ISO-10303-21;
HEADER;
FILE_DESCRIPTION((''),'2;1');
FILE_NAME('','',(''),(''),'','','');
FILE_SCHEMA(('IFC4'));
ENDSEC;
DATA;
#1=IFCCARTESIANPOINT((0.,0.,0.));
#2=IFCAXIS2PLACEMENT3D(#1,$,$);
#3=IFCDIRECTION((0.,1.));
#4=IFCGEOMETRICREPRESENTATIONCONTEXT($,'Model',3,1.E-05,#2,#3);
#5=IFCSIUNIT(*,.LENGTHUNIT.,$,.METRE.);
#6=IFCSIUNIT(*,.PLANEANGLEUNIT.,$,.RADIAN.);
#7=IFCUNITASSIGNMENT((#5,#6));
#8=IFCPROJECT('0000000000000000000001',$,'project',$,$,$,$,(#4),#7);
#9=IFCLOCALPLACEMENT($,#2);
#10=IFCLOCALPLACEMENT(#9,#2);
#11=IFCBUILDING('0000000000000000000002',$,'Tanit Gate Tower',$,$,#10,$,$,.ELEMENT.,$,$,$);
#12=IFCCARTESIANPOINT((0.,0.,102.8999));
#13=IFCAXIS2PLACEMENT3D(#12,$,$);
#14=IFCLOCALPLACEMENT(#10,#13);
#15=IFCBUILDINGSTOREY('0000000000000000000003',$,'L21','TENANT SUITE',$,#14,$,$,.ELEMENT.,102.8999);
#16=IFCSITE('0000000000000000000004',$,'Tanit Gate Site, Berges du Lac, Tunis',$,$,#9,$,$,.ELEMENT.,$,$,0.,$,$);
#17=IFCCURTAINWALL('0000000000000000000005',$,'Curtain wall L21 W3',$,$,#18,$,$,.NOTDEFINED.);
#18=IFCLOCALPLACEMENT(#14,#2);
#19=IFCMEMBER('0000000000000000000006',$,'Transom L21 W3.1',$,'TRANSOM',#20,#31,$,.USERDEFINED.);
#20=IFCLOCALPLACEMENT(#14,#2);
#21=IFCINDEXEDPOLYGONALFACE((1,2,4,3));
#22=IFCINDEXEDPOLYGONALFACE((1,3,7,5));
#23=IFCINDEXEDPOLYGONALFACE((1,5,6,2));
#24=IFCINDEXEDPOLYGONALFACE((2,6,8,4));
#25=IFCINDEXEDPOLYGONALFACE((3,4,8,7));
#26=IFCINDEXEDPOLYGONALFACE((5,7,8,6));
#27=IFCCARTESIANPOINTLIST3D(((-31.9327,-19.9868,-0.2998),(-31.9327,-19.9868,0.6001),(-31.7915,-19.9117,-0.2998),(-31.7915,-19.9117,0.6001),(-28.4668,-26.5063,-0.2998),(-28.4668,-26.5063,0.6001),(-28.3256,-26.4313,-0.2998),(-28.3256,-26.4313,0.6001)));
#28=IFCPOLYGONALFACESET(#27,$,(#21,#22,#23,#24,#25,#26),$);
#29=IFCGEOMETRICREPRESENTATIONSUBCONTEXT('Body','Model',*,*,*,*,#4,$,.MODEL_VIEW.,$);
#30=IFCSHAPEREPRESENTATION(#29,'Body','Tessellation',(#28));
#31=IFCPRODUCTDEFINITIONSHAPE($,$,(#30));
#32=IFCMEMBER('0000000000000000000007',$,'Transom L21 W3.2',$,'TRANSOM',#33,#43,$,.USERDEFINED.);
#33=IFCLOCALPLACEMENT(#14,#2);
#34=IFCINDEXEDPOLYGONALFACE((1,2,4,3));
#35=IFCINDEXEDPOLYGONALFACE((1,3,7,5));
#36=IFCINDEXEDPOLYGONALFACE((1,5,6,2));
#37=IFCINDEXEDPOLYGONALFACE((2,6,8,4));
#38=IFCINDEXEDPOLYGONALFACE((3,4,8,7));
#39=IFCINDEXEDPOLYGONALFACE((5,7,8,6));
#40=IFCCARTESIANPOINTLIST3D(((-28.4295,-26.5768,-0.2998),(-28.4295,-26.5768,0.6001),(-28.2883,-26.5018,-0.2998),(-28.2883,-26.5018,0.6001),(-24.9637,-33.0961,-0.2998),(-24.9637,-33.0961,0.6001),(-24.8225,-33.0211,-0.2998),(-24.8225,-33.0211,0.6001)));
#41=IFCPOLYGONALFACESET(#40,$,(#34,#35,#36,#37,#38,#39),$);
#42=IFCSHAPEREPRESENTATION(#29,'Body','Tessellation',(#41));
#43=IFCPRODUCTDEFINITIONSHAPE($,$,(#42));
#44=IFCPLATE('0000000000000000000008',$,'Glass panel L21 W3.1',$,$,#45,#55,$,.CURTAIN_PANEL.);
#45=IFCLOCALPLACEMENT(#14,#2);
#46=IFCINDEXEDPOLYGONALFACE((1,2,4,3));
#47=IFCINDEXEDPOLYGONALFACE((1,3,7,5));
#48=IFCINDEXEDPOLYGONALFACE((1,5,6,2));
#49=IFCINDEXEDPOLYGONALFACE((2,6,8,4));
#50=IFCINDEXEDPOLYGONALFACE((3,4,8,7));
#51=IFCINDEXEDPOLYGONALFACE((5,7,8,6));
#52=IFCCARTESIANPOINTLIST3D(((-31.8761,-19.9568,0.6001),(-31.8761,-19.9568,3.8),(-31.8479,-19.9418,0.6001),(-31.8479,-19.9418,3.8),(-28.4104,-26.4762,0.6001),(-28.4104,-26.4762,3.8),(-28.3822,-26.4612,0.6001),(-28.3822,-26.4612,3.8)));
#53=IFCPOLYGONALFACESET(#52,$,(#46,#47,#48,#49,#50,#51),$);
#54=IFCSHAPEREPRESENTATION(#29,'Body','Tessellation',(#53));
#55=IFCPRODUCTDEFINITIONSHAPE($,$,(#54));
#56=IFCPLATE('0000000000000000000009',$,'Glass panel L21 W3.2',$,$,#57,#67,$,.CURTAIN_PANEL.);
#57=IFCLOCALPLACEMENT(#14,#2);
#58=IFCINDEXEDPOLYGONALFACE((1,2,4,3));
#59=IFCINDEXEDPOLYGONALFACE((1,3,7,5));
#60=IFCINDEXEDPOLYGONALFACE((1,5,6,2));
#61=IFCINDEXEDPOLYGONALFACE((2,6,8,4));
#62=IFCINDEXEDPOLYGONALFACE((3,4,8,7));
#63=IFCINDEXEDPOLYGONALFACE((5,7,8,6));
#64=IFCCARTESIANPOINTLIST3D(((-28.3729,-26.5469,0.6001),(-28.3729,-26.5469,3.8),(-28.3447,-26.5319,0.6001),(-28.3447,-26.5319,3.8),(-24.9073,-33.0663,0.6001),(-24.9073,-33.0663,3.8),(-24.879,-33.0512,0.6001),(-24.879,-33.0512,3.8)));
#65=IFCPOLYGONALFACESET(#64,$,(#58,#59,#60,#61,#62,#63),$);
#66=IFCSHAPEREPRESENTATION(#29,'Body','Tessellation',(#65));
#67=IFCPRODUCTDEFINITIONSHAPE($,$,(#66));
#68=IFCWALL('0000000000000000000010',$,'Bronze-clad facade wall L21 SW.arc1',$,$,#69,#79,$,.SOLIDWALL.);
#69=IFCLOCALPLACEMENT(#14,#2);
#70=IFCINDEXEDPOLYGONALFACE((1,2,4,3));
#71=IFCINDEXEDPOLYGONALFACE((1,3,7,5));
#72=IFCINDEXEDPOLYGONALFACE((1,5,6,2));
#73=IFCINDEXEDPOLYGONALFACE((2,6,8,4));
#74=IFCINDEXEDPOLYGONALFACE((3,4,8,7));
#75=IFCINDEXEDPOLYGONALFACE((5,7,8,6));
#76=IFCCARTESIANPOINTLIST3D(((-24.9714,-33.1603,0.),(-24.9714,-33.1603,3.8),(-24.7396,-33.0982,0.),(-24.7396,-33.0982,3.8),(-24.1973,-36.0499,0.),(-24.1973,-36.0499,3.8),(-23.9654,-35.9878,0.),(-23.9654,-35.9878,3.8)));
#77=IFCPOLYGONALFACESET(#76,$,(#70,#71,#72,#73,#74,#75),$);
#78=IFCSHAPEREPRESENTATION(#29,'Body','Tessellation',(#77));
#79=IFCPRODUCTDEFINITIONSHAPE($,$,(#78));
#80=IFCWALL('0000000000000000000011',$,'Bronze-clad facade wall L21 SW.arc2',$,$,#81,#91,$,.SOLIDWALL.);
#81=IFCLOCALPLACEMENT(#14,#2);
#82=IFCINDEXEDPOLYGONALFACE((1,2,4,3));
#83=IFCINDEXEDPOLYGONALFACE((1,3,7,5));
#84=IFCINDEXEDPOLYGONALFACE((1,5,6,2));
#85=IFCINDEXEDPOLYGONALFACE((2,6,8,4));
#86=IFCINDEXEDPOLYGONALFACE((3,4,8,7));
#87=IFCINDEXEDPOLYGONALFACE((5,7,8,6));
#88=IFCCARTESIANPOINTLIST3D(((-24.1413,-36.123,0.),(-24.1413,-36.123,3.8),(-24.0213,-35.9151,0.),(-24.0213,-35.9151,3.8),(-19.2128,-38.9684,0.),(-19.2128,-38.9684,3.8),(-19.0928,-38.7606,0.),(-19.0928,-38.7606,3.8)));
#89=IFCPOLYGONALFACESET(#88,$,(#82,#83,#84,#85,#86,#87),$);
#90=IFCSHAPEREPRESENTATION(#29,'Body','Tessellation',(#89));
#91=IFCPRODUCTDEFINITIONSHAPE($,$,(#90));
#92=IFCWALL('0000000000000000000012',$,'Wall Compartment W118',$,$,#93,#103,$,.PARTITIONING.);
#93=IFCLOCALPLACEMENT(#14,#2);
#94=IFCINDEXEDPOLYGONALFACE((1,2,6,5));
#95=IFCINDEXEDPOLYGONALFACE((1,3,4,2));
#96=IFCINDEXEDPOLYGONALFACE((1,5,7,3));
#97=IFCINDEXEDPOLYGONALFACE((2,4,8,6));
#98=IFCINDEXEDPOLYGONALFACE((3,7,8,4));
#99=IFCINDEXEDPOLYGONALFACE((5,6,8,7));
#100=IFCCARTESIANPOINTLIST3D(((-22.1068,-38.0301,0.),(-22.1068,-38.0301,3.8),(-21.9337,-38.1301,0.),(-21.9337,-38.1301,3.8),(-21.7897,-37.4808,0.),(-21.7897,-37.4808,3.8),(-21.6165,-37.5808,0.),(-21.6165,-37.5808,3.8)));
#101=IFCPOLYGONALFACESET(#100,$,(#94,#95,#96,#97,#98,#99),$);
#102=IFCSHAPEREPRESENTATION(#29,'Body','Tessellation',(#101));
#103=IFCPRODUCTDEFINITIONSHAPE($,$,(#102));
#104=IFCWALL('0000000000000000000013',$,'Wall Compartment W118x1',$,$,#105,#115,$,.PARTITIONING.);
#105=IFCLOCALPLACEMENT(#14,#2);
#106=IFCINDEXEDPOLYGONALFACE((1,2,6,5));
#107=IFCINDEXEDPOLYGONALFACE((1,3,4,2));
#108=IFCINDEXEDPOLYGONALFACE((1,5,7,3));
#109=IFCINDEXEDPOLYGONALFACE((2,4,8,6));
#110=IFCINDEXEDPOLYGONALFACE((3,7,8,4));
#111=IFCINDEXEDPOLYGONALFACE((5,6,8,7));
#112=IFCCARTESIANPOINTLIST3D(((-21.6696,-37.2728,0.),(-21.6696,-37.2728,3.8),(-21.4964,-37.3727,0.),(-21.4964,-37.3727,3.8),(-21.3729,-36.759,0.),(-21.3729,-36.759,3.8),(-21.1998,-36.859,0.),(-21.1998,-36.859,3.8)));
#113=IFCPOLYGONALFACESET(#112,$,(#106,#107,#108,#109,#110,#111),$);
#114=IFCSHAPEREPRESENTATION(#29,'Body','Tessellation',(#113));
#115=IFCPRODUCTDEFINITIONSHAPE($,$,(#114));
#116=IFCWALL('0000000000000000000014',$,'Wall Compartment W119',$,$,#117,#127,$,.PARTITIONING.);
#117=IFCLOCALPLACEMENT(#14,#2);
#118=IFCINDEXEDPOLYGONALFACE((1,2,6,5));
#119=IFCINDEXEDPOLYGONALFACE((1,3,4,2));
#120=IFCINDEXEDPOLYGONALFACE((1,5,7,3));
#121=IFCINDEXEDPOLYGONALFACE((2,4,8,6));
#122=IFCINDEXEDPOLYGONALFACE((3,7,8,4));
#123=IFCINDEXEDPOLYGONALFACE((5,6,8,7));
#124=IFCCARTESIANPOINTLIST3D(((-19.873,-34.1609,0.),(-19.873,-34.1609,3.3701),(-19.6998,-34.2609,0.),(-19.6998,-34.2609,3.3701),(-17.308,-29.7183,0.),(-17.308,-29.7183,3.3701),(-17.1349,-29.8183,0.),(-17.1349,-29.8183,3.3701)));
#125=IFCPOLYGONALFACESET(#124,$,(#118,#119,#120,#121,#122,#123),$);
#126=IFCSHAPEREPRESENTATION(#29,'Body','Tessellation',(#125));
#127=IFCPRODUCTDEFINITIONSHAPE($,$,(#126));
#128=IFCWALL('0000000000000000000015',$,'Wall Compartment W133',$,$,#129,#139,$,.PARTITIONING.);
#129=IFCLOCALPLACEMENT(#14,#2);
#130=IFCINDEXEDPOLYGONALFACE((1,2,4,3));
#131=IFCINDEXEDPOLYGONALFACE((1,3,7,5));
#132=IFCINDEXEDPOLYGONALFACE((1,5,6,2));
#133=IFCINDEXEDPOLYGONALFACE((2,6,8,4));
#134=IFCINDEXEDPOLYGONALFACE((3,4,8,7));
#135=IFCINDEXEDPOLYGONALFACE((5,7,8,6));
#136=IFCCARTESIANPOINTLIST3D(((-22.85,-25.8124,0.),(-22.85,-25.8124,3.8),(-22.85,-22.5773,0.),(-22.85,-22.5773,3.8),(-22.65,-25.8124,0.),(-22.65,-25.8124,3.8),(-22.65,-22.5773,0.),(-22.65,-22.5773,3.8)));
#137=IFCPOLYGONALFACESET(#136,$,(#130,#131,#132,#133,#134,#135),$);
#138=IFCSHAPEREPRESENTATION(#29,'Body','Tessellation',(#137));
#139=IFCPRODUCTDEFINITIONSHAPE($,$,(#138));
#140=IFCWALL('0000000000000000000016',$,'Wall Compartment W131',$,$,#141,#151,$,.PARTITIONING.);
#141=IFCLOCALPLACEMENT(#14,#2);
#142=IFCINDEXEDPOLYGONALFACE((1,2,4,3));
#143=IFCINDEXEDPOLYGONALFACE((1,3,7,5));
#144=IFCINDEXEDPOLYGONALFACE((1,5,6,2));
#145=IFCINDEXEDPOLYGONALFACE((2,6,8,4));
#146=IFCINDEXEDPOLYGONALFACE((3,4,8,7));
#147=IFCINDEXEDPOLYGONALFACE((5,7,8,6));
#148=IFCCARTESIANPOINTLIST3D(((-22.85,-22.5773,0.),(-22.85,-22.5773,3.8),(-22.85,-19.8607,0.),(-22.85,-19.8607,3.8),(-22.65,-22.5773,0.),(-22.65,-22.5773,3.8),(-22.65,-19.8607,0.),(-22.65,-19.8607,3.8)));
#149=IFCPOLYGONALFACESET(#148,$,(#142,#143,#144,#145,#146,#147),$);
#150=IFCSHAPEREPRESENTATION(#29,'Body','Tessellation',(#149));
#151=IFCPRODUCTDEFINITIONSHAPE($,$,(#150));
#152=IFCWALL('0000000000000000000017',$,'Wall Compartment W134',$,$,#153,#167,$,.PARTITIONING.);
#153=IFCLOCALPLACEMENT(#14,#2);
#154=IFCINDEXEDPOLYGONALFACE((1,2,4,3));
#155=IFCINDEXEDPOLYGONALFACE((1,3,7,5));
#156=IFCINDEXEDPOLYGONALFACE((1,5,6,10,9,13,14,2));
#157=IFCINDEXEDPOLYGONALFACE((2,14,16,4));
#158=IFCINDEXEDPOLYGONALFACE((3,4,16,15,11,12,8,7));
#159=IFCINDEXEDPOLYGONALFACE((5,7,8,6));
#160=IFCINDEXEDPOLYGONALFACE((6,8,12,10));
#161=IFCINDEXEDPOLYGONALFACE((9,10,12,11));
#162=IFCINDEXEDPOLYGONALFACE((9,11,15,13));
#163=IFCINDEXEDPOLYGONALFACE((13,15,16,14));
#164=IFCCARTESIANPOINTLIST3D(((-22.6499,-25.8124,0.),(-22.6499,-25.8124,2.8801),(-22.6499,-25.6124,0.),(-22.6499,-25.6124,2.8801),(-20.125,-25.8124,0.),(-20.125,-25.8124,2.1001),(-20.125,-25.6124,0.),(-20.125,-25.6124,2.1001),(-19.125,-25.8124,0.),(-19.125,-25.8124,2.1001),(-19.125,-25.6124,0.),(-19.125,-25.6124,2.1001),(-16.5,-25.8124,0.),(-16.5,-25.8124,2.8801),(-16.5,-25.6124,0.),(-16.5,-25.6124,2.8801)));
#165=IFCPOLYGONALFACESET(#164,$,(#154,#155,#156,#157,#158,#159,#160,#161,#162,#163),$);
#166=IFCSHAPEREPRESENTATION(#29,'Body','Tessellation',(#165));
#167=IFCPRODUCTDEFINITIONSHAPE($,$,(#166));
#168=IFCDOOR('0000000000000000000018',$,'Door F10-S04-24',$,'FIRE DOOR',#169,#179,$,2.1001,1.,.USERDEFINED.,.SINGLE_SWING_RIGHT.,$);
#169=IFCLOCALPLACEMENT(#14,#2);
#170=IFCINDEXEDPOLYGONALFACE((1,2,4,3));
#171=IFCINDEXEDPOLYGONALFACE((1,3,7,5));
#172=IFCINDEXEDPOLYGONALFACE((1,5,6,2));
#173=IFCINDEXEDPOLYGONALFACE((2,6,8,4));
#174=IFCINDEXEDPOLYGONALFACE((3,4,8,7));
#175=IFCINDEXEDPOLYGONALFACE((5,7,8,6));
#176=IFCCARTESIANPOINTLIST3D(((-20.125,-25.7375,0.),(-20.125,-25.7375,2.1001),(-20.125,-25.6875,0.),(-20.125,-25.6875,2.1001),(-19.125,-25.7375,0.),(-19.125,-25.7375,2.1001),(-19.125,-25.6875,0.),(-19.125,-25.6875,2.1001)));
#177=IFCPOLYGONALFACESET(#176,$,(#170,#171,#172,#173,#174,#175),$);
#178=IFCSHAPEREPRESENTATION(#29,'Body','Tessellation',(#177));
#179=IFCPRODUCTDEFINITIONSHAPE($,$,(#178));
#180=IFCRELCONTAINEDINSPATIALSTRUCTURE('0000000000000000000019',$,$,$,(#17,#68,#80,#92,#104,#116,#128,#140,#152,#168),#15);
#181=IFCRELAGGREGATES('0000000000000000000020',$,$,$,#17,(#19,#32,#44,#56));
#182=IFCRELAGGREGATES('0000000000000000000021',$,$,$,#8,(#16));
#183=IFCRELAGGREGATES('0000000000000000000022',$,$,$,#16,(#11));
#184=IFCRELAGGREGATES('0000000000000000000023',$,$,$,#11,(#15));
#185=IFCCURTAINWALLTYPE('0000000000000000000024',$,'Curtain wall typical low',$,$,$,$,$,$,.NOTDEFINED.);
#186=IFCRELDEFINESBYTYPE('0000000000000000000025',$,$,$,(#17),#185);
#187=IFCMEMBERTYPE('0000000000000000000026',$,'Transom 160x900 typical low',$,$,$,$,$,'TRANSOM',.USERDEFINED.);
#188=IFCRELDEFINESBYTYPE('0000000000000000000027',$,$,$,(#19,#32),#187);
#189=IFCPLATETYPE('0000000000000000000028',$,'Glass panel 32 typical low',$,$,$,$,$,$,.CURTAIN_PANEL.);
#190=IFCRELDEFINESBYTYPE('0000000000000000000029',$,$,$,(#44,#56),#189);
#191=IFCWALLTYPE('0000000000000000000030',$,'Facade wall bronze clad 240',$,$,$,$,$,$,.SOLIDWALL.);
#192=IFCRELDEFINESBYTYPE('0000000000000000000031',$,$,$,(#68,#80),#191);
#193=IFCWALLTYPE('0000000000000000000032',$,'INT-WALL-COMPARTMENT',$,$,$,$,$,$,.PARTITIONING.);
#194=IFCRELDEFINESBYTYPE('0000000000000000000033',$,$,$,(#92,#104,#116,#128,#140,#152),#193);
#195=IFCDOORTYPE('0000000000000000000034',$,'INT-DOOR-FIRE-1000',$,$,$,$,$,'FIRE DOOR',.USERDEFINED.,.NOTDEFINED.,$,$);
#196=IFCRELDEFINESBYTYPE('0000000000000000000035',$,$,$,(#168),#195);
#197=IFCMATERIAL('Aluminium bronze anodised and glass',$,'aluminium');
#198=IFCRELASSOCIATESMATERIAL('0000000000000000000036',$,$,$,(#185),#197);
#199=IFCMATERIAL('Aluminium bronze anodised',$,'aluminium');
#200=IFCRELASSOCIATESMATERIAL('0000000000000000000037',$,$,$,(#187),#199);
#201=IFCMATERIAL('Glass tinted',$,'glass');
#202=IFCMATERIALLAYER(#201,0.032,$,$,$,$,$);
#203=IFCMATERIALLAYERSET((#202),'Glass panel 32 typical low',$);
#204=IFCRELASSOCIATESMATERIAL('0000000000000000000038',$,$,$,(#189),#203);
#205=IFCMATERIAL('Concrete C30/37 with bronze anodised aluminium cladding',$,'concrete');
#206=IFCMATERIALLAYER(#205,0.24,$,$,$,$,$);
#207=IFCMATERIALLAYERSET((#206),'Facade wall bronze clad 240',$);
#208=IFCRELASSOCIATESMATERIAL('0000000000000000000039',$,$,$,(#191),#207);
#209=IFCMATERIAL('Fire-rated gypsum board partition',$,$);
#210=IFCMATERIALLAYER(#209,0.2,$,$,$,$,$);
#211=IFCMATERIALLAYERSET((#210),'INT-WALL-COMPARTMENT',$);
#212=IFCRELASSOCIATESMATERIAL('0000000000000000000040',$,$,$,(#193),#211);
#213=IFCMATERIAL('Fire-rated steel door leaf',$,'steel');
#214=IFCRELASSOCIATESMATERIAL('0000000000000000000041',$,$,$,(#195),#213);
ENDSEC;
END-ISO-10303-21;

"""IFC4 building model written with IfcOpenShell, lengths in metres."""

from ifc_helpers import new_model, si_unit, direction, frame, frame_2d, origin, origin_2d, place, context, subcontext, project, spatial, rectangle, extrude, material, layer, layer_set, material_profile, profile_set, type_object, element, fill, aggregate, save


model = new_model("IFC4")

# Units and contexts
model_context = context("Model", 3, precision=1e-05, world=origin(), true_north=direction((0.0, 1.0)))
body_context = subcontext(model_context, "Body", "Model", "MODEL_VIEW")
ifc_project = project(units=[si_unit("LENGTHUNIT", "METRE"), si_unit("PLANEANGLEUNIT", "RADIAN")], contexts=[model_context])

# Site, building, storey
site_placement = place(None, origin())
site = spatial("IfcSite", under=ifc_project, at=site_placement, Name="Tanit Gate Site, Berges du Lac, Tunis", CompositionType="ELEMENT", RefElevation=0.0)
building_placement = place(site_placement, origin())
building = spatial("IfcBuilding", under=site, at=building_placement, Name="Tanit Gate Tower", CompositionType="ELEMENT")
storey_placement = place(building_placement, frame((0.0, 0.0, 102.8999)))
storey = spatial("IfcBuildingStorey", under=building, at=storey_placement, Name="L21", Description="TENANT SUITE", CompositionType="ELEMENT", Elevation=102.8999)

# Curtain wall
ifc_material_1 = material(Name="Aluminium bronze anodised and glass", Category="aluminium")
curtain_wall_type = type_object("IfcCurtainWallType", Name="Curtain wall typical low", PredefinedType="NOTDEFINED", material=ifc_material_1)
curtain_wall_placement = place(storey_placement, origin())
curtain_wall = element("IfcCurtainWall", 1, at=curtain_wall_placement, inside=storey, type_object=curtain_wall_type, Name="Curtain wall L21 W3", PredefinedType="NOTDEFINED")

# Members
ifc_material_2 = material(Name="Aluminium bronze anodised", Category="aluminium")
ifc_material_profile_1 = material_profile(ifc_material_2, rectangle(XDim=0.1599, YDim=0.8999, at=origin_2d()), Name="160x900 bronze transom")
ifc_profile_set_1 = profile_set([ifc_material_profile_1], Name="Aluminium bronze anodised")
member_type_1 = type_object("IfcMemberType", Name="Transom 160x900 typical low", ElementType="TRANSOM", PredefinedType="USERDEFINED", material=ifc_profile_set_1)
member_1_placement = place(storey_placement, frame((-31.8621, -19.9492, 0.1501), z_axis=(0.4694, -0.882986, 0.0), x_axis=(0.882986, 0.4694, 0.0)))
member_1 = element("IfcMember", 2, at=member_1_placement, type_object=member_type_1, Name="Transom L21 W3.1", ObjectType="TRANSOM", PredefinedType="USERDEFINED", context=body_context, shape_type="SweptSolid", body=[
    extrude(rectangle(XDim=0.1599, YDim=0.8999, at=origin_2d()), origin(), (0.0, 0.0, 1.0), 7.3835),
])
member_2_placement = place(storey_placement, frame((-28.3589, -26.5393, 0.1501), z_axis=(0.469414, -0.882978, 0.0), x_axis=(0.882978, 0.469414, 0.0)))
member_2 = element("IfcMember", 3, at=member_2_placement, type_object=member_type_1, Name="Transom L21 W3.2", ObjectType="TRANSOM", PredefinedType="USERDEFINED", context=body_context, shape_type="SweptSolid", body=[
    extrude(rectangle(XDim=0.1599, YDim=0.8999, at=origin_2d()), origin(), (0.0, 0.0, 1.0), 7.3833),
])

# Plates
ifc_material_3 = material(Name="Glass tinted", Category="glass")
ifc_layer_1 = layer(ifc_material_3, 0.032)
ifc_layer_set_1 = layer_set([ifc_layer_1], Name="Glass panel 32 typical low")
plate_type = type_object("IfcPlateType", Name="Glass panel 32 typical low", PredefinedType="CURTAIN_PANEL", material=ifc_layer_set_1)
plate_1_placement = place(storey_placement, frame((-30.1292, -23.209, 0.6001), z_axis=(0.0, 0.0, 1.0), x_axis=(0.469396, -0.882988, 0.0)))
plate_1 = element("IfcPlate", 4, at=plate_1_placement, type_object=plate_type, Name="Glass panel L21 W3.1", PredefinedType="CURTAIN_PANEL", context=body_context, shape_type="SweptSolid", body=[
    extrude(rectangle(XDim=7.3833, YDim=0.032, at=origin_2d()), origin(), (0.0, 0.0, 1.0), 3.2),
])
plate_2_placement = place(storey_placement, frame((-26.626, -29.7991, 0.6001), z_axis=(0.0, 0.0, 1.0), x_axis=(0.469396, -0.882988, 0.0)))
plate_2 = element("IfcPlate", 5, at=plate_2_placement, type_object=plate_type, Name="Glass panel L21 W3.2", PredefinedType="CURTAIN_PANEL", context=body_context, shape_type="SweptSolid", body=[
    extrude(rectangle(XDim=7.3833, YDim=0.032, at=origin_2d()), origin(), (0.0, 0.0, 1.0), 3.2),
])
aggregate(curtain_wall, [member_1, member_2, plate_1, plate_2])

# Walls
ifc_material_4 = material(Name="Concrete C30/37 with bronze anodised aluminium cladding", Category="concrete")
ifc_layer_2 = layer(ifc_material_4, 0.24)
ifc_layer_set_2 = layer_set([ifc_layer_2], Name="Facade wall bronze clad 240")
wall_type_1 = type_object("IfcWallType", Name="Facade wall bronze clad 240", PredefinedType="SOLIDWALL", material=ifc_layer_set_2)
wall_1_placement = place(storey_placement, frame((-24.8555, -33.1294, 0.0), z_axis=(0.0, 0.0, 1.0), x_axis=(0.258785, -0.965935, 0.0)))
element("IfcWall", 6, at=wall_1_placement, inside=storey, type_object=wall_type_1, Name="Bronze-clad facade wall L21 SW.arc1", PredefinedType="SOLIDWALL", context=body_context, shape_type="SweptSolid", body=[
    extrude(rectangle(XDim=2.9915, YDim=0.24, at=frame_2d((1.4956, 0.0))), origin(), (0.0, 0.0, 1.0), 3.8),
])
wall_2_placement = place(storey_placement, frame((-24.0813, -36.019, 0.0), z_axis=(0.0, 0.0, 1.0), x_axis=(0.866025, -0.500001, 0.0)))
element("IfcWall", 7, at=wall_2_placement, inside=storey, type_object=wall_type_1, Name="Bronze-clad facade wall L21 SW.arc2", PredefinedType="SOLIDWALL", context=body_context, shape_type="SweptSolid", body=[
    extrude(rectangle(XDim=5.6909, YDim=0.24, at=frame_2d((2.8455, 0.0))), origin(), (0.0, 0.0, 1.0), 3.8),
])
ifc_material_5 = material(Name="Fire-rated gypsum board partition")
ifc_layer_3 = layer(ifc_material_5, 0.2)
ifc_layer_set_3 = layer_set([ifc_layer_3], Name="INT-WALL-COMPARTMENT")
wall_type_2 = type_object("IfcWallType", Name="INT-WALL-COMPARTMENT", PredefinedType="PARTITIONING", material=ifc_layer_set_3)
wall_3_placement = place(storey_placement, frame((-22.0203, -38.0801, 0.0), z_axis=(0.0, 0.0, 1.0), x_axis=(0.499989, 0.866032, 0.0)))
element("IfcWall", 8, at=wall_3_placement, inside=storey, type_object=wall_type_2, Name="Wall Compartment W118", PredefinedType="PARTITIONING", context=body_context, shape_type="SweptSolid", body=[
    extrude(rectangle(XDim=0.6343, YDim=0.2, at=frame_2d((0.3171, 0.0))), origin(), (0.0, 0.0, 1.0), 3.8),
])
wall_4_placement = place(storey_placement, frame((-21.583, -37.3228, 0.0), z_axis=(0.0, 0.0, 1.0), x_axis=(0.500079, 0.86598, 0.0)))
element("IfcWall", 9, at=wall_4_placement, inside=storey, type_object=wall_type_2, Name="Wall Compartment W118x1", PredefinedType="PARTITIONING", context=body_context, shape_type="SweptSolid", body=[
    extrude(rectangle(XDim=0.5933, YDim=0.2, at=frame_2d((0.2966, 0.0))), origin(), (0.0, 0.0, 1.0), 3.8),
])
wall_5_placement = place(storey_placement, frame((-19.7864, -34.2109, 0.0), z_axis=(0.0, 0.0, 1.0), x_axis=(0.499998, 0.866026, 0.0)))
element("IfcWall", 10, at=wall_5_placement, inside=storey, type_object=wall_type_2, Name="Wall Compartment W119", PredefinedType="PARTITIONING", context=body_context, shape_type="SweptSolid", body=[
    extrude(rectangle(XDim=5.1299, YDim=0.2, at=frame_2d((2.5649, 0.0))), origin(), (0.0, 0.0, 1.0), 3.3701),
])
wall_6_placement = place(storey_placement, frame((-22.75, -25.8125, 0.0), z_axis=(0.0, 0.0, 1.0), x_axis=(0.0, 1.0, 0.0)))
element("IfcWall", 11, at=wall_6_placement, inside=storey, type_object=wall_type_2, Name="Wall Compartment W133", PredefinedType="PARTITIONING", context=body_context, shape_type="SweptSolid", body=[
    extrude(rectangle(XDim=3.2351, YDim=0.2, at=frame_2d((1.6177, 0.0))), origin(), (0.0, 0.0, 1.0), 3.8),
])
wall_7_placement = place(storey_placement, frame((-22.75, -22.5774, 0.0), z_axis=(0.0, 0.0, 1.0), x_axis=(0.0, 1.0, 0.0)))
element("IfcWall", 12, at=wall_7_placement, inside=storey, type_object=wall_type_2, Name="Wall Compartment W131", PredefinedType="PARTITIONING", context=body_context, shape_type="SweptSolid", body=[
    extrude(rectangle(XDim=2.7166, YDim=0.2, at=frame_2d((1.3584, 0.0))), origin(), (0.0, 0.0, 1.0), 3.8),
])

# Wall, opening, door
wall_8_placement = place(storey_placement, frame((-22.6499, -25.7124, 0.0), z_axis=(0.0, 0.0, 1.0), x_axis=(1.0, 0.0, 0.0)))
wall_8 = element("IfcWall", 13, at=wall_8_placement, inside=storey, type_object=wall_type_2, Name="Wall Compartment W134", PredefinedType="PARTITIONING", context=body_context, shape_type="SweptSolid", body=[
    extrude(rectangle(XDim=6.1499, YDim=0.2, at=frame_2d((3.075, 0.0))), origin(), (0.0, 0.0, 1.0), 2.8801),
])
opening_placement = place(wall_8_placement, frame((2.5249, 0.0, 0.0)))
opening = element("IfcOpeningElement", 14, at=opening_placement, cuts=wall_8, PredefinedType="OPENING", context=body_context, shape_type="SweptSolid", body=[
    extrude(rectangle(XDim=1.0, YDim=2.1001, at=frame_2d((0.5, 1.05))), frame((0.0, 0.1099, 0.0), z_axis=(0.0, -1.0, 0.0), x_axis=(1.0, 0.0, 0.0)), (0.0, 0.0, 1.0), 0.22),
])
ifc_material_6 = material(Name="Fire-rated steel door leaf", Category="steel")
door_type = type_object("IfcDoorType", Name="INT-DOOR-FIRE-1000", ElementType="FIRE DOOR", OperationType="NOTDEFINED", PredefinedType="USERDEFINED", material=ifc_material_6)
door_placement = place(opening_placement, origin())
door = element("IfcDoor", 15, at=door_placement, inside=storey, type_object=door_type, Name="Door F10-S04-24", ObjectType="FIRE DOOR", OperationType="SINGLE_SWING_RIGHT", OverallHeight=2.1001, OverallWidth=1.0, PredefinedType="USERDEFINED", context=body_context, shape_type="SweptSolid", body=[
    extrude(rectangle(XDim=1.0, YDim=2.1001, at=frame_2d((0.5, 1.05))), frame((0.0, 0.0249, 0.0), z_axis=(0.0, -1.0, 0.0), x_axis=(1.0, 0.0, 0.0)), (0.0, 0.0, 1.0), 0.05),
])
fill(opening, door)

save(model, "model.ifc")
